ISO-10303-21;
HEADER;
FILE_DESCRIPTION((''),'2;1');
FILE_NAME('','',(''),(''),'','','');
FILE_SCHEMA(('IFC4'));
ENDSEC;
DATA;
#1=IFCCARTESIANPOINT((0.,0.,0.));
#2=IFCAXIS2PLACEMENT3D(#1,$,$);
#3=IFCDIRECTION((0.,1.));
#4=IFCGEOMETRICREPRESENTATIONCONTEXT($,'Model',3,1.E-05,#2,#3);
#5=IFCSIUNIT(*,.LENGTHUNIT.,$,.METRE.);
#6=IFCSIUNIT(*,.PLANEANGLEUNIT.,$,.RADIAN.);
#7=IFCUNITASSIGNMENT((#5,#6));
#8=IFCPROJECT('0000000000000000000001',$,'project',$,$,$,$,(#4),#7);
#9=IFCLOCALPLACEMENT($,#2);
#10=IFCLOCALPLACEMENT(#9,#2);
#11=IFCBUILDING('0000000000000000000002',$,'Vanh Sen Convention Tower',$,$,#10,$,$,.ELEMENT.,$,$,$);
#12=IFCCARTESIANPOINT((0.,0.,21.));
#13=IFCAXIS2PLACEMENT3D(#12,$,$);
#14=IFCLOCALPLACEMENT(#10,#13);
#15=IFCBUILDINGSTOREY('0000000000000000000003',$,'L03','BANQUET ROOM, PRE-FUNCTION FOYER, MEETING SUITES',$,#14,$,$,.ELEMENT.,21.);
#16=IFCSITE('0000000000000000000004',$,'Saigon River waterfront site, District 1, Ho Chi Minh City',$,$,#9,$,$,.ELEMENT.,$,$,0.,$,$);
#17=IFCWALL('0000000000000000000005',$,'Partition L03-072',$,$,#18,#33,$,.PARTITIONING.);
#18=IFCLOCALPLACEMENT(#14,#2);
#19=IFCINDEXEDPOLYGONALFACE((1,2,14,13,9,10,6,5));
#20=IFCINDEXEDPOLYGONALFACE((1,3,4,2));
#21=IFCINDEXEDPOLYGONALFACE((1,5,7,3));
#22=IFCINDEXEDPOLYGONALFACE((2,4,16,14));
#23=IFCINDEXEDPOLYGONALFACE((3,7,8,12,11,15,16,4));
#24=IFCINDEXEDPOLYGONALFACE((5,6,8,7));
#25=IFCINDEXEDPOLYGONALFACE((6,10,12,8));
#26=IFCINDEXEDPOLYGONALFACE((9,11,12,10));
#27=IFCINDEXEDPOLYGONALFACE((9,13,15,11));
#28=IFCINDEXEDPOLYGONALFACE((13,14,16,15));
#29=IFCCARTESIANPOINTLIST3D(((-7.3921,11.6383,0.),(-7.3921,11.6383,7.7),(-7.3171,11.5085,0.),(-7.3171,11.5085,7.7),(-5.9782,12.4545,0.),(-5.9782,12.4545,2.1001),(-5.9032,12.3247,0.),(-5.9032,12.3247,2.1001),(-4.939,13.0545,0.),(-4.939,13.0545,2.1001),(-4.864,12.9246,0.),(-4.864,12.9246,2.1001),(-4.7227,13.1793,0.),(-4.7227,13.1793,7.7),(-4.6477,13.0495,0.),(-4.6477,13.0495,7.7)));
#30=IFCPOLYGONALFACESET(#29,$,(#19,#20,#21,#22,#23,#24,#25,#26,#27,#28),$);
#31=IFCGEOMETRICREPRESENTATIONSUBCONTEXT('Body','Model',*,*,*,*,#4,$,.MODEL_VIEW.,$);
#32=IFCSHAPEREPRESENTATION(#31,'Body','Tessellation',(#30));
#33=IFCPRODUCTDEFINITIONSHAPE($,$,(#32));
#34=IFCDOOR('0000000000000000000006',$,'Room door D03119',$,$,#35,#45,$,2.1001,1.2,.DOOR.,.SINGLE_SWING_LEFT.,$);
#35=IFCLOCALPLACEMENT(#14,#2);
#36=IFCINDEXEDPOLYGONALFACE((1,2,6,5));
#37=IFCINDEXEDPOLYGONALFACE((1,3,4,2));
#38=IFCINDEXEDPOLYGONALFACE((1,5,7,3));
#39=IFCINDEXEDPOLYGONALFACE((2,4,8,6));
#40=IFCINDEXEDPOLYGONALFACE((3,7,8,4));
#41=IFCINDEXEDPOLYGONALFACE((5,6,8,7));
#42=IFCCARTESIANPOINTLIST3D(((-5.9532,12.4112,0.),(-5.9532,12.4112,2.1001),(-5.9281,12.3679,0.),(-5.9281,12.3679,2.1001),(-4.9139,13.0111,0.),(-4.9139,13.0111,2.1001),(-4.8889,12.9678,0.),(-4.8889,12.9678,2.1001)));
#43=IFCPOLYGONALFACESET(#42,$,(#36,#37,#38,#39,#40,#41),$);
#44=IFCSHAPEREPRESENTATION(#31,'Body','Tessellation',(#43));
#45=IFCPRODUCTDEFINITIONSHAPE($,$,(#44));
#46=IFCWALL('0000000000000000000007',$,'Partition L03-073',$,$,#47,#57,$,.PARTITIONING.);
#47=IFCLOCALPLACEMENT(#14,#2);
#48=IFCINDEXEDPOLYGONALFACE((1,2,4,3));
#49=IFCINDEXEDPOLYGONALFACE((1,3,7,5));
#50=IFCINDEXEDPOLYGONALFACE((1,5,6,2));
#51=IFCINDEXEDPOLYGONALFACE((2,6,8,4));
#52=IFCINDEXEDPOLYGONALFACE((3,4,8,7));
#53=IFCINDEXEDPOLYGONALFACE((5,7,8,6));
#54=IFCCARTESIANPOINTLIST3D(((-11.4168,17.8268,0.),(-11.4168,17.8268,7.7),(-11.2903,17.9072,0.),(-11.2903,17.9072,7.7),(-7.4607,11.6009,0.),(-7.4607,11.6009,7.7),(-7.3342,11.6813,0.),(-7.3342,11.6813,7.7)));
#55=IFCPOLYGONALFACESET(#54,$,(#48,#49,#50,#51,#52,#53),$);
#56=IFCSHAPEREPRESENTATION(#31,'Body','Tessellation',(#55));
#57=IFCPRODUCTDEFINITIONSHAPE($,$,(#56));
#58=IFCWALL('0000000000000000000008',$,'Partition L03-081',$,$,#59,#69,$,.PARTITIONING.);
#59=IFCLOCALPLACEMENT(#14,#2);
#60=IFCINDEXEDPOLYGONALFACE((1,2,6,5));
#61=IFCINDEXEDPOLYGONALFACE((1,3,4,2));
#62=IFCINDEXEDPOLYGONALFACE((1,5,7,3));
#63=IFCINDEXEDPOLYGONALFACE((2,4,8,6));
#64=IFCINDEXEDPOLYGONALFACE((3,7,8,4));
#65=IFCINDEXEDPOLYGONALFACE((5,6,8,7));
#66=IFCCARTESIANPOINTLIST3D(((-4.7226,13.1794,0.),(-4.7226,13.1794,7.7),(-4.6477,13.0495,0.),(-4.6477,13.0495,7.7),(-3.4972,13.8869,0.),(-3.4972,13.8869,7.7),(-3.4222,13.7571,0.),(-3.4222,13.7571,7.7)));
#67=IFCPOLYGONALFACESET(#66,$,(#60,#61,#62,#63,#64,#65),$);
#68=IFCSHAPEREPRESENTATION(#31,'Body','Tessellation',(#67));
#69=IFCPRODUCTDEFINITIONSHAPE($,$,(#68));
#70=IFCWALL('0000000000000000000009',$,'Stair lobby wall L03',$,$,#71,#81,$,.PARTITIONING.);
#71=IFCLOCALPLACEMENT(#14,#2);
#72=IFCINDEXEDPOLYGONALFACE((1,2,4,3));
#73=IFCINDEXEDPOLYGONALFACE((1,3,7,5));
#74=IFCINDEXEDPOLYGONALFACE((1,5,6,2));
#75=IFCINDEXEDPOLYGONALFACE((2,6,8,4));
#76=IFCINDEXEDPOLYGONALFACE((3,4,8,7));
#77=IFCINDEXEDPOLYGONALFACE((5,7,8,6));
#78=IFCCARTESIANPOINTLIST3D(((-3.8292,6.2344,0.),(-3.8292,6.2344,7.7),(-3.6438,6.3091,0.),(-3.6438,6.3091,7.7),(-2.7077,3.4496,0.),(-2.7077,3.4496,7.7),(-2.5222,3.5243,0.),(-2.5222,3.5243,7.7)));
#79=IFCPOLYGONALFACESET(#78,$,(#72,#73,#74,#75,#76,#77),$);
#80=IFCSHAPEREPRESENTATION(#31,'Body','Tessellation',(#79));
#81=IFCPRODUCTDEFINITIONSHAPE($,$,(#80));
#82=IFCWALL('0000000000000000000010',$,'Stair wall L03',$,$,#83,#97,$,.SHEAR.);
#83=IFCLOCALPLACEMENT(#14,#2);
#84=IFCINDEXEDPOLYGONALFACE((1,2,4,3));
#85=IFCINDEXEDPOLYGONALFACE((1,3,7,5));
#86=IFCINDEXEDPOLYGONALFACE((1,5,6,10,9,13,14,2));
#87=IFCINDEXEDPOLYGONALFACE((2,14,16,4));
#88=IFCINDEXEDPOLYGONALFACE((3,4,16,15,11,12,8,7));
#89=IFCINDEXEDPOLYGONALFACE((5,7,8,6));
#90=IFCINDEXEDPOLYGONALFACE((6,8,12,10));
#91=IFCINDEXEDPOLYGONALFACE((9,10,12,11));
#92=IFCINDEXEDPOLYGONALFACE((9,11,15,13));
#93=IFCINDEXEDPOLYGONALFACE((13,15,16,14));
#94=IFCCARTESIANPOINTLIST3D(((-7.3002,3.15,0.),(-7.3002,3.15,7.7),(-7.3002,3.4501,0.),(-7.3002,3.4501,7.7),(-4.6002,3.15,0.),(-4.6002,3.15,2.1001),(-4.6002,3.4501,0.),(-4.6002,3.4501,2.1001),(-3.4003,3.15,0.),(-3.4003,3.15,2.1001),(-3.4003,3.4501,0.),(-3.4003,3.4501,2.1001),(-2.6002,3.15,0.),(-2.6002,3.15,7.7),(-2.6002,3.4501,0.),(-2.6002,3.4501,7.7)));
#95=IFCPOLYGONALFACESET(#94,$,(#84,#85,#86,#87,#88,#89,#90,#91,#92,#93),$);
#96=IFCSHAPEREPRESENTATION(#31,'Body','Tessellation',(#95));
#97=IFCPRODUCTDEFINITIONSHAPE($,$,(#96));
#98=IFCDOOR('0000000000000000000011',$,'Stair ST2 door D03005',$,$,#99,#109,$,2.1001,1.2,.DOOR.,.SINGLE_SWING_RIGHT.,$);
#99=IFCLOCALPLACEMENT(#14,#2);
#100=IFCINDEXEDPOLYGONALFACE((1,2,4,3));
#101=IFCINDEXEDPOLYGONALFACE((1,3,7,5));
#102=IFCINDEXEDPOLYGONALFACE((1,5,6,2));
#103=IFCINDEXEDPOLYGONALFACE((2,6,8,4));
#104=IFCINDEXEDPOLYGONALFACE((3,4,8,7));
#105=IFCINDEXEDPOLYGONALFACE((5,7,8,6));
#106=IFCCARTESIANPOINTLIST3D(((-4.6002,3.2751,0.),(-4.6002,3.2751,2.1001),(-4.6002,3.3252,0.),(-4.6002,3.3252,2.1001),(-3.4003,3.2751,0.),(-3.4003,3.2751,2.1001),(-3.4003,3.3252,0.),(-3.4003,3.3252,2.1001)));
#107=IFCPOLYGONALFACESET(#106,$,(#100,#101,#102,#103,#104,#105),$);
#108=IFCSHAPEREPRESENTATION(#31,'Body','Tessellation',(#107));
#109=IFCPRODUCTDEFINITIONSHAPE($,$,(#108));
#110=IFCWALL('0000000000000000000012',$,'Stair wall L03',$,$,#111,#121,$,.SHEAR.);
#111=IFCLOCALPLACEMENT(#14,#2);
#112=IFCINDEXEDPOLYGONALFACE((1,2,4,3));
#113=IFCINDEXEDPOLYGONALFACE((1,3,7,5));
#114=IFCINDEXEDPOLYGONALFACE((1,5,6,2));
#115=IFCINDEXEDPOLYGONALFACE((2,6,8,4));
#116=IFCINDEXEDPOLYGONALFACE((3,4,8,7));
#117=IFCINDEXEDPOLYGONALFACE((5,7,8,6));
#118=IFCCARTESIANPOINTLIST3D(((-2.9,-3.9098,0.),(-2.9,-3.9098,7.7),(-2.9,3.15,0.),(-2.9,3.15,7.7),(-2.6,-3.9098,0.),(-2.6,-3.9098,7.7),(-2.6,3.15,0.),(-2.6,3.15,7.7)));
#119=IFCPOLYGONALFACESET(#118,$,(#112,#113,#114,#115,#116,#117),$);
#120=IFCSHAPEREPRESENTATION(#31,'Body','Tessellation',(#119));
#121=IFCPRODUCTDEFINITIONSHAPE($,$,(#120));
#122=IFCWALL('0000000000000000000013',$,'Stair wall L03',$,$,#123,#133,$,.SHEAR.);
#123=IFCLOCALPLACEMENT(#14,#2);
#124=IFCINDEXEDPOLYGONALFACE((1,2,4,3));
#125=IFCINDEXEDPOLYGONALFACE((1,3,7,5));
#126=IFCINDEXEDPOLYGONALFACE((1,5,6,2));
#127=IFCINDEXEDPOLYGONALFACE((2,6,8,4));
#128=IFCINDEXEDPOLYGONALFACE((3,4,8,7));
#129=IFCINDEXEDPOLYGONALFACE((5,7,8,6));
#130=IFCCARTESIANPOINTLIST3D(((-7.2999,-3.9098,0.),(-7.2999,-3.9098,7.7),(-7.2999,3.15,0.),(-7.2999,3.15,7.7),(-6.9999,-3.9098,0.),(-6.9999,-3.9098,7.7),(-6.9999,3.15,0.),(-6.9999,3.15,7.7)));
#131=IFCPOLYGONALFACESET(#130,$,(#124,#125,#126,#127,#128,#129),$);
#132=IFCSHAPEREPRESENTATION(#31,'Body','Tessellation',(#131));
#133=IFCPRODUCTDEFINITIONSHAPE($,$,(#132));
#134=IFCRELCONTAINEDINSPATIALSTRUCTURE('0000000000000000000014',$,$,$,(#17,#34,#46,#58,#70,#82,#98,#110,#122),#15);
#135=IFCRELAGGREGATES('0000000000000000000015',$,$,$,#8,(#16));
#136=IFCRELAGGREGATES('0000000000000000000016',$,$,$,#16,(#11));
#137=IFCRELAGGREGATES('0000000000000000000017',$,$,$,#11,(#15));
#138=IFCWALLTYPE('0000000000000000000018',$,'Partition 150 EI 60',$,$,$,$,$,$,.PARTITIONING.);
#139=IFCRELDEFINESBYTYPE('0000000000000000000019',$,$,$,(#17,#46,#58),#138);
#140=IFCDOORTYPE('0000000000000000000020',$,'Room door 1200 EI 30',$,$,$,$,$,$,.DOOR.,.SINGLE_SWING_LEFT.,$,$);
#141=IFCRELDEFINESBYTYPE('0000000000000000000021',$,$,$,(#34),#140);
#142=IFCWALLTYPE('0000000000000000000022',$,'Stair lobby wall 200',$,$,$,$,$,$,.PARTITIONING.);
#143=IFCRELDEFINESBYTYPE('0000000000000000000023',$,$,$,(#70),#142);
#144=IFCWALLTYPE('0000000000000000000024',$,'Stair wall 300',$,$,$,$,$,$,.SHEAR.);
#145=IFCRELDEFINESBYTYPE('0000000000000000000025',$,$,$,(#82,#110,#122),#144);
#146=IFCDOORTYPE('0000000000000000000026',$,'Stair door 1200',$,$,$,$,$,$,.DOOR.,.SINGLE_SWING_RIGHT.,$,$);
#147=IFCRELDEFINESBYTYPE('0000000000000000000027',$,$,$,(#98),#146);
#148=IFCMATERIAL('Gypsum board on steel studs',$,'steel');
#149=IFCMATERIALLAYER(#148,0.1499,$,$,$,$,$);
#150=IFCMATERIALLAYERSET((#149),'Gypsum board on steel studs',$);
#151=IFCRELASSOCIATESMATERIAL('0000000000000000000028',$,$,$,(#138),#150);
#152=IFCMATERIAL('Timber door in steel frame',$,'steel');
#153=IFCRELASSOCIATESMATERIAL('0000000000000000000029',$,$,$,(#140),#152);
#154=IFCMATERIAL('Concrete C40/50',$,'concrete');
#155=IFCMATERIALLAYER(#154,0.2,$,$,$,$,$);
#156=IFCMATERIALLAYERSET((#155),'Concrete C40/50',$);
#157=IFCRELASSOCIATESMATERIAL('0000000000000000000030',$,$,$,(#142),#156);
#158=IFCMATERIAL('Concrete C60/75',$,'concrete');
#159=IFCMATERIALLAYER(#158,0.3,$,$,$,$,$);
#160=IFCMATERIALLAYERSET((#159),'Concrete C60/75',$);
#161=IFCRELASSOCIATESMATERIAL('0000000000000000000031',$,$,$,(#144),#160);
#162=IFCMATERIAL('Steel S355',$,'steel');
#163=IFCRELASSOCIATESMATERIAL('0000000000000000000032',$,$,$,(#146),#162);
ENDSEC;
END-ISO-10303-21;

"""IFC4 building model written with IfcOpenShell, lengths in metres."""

from ifc_helpers import new_model, si_unit, direction, frame, frame_2d, origin, place, context, subcontext, project, spatial, rectangle, extrude, material, layer, layer_set, type_object, element, fill, save


model = new_model("IFC4")

# Units and contexts
model_context = context("Model", 3, precision=1e-05, world=origin(), true_north=direction((0.0, 1.0)))
body_context = subcontext(model_context, "Body", "Model", "MODEL_VIEW")
ifc_project = project(units=[si_unit("LENGTHUNIT", "METRE"), si_unit("PLANEANGLEUNIT", "RADIAN")], contexts=[model_context])

# Site, building, storey
site_placement = place(None, origin())
site = spatial("IfcSite", under=ifc_project, at=site_placement, Name="Saigon River waterfront site, District 1, Ho Chi Minh City", CompositionType="ELEMENT", RefElevation=0.0)
building_placement = place(site_placement, origin())
building = spatial("IfcBuilding", under=site, at=building_placement, Name="Vanh Sen Convention Tower", CompositionType="ELEMENT")
storey_placement = place(building_placement, frame((0.0, 0.0, 21.0)))
storey = spatial("IfcBuildingStorey", under=building, at=storey_placement, Name="L03", Description="BANQUET ROOM, PRE-FUNCTION FOYER, MEETING SUITES", CompositionType="ELEMENT", Elevation=21.0)

# Shared definitions
ifc_material_1 = material(Name="Steel S355", Category="steel")

# Shared definitions
ifc_material_2 = material(Name="Concrete C60/75", Category="concrete")

# Shared definitions
ifc_material_3 = material(Name="Concrete C40/50", Category="concrete")

# Wall, opening, door
ifc_material_4 = material(Name="Gypsum board on steel studs", Category="steel")
ifc_layer_1 = layer(ifc_material_4, 0.1499)
ifc_layer_set_1 = layer_set([ifc_layer_1], Name="Gypsum board on steel studs")
wall_type_1 = type_object("IfcWallType", Name="Partition 150 EI 60", PredefinedType="PARTITIONING", material=ifc_layer_set_1)
wall_1_placement = place(storey_placement, frame((-7.3545, 11.5735, 0.0), z_axis=(0.0, 0.0, 1.0), x_axis=(0.866051, 0.499956, 0.0)))
wall_1 = element("IfcWall", 1, at=wall_1_placement, inside=storey, type_object=wall_type_1, Name="Partition L03-072", PredefinedType="PARTITIONING", context=body_context, shape_type="SweptSolid", body=[
    extrude(rectangle(XDim=3.0823, YDim=0.1499, at=frame_2d((1.541, 0.0))), origin(), (0.0, 0.0, 1.0), 7.7),
])
opening_1_placement = place(wall_1_placement, frame((1.6323, 0.0, 0.0)))
opening_1 = element("IfcOpeningElement", 2, at=opening_1_placement, cuts=wall_1, PredefinedType="OPENING", context=body_context, shape_type="SweptSolid", body=[
    extrude(rectangle(XDim=1.2, YDim=2.1001, at=frame_2d((0.6001, 1.05))), frame((0.0, 0.085, 0.0), z_axis=(0.0, -1.0, 0.0), x_axis=(1.0, 0.0, 0.0)), (0.0, 0.0, 1.0), 0.1699),
])
ifc_material_5 = material(Name="Timber door in steel frame", Category="steel")
door_type_1 = type_object("IfcDoorType", Name="Room door 1200 EI 30", OperationType="SINGLE_SWING_LEFT", PredefinedType="DOOR", material=ifc_material_5)
door_1_placement = place(opening_1_placement, origin())
door_1 = element("IfcDoor", 3, at=door_1_placement, inside=storey, type_object=door_type_1, Name="Room door D03119", OperationType="SINGLE_SWING_LEFT", OverallHeight=2.1001, OverallWidth=1.2, PredefinedType="DOOR", context=body_context, shape_type="SweptSolid", body=[
    extrude(rectangle(XDim=1.2, YDim=2.1001, at=frame_2d((0.6001, 1.05))), frame((0.0, 0.0249, 0.0), z_axis=(0.0, -1.0, 0.0), x_axis=(1.0, 0.0, 0.0)), (0.0, 0.0, 1.0), 0.05),
])
fill(opening_1, door_1)

# Walls
wall_2_placement = place(storey_placement, frame((-7.3975, 11.6411, 0.0), z_axis=(0.0, 0.0, 1.0), x_axis=(-0.536312, 0.84402, 0.0)))
element("IfcWall", 4, at=wall_2_placement, inside=storey, type_object=wall_type_1, Name="Partition L03-073", PredefinedType="PARTITIONING", context=body_context, shape_type="SweptSolid", body=[
    extrude(rectangle(XDim=7.3765, YDim=0.1499, at=frame_2d((3.6882, 0.0))), origin(), (0.0, 0.0, 1.0), 7.7),
])
wall_3_placement = place(storey_placement, frame((-3.4597, 13.822, 0.0), z_axis=(0.0, 0.0, 1.0), x_axis=(-0.866005, -0.500036, 0.0)))
element("IfcWall", 5, at=wall_3_placement, inside=storey, type_object=wall_type_1, Name="Partition L03-081", PredefinedType="PARTITIONING", context=body_context, shape_type="SweptSolid", body=[
    extrude(rectangle(XDim=1.415, YDim=0.1499, at=frame_2d((0.7075, 0.0))), origin(), (0.0, 0.0, 1.0), 7.7),
])
ifc_layer_2 = layer(ifc_material_3, 0.2)
ifc_layer_set_2 = layer_set([ifc_layer_2], Name="Concrete C40/50")
wall_type_2 = type_object("IfcWallType", Name="Stair lobby wall 200", PredefinedType="PARTITIONING", material=ifc_layer_set_2)
wall_4_placement = place(storey_placement, frame((-2.615, 3.4871, 0.0), z_axis=(0.0, 0.0, 1.0), x_axis=(-0.373577, 0.927599, 0.0)))
element("IfcWall", 6, at=wall_4_placement, inside=storey, type_object=wall_type_2, Name="Stair lobby wall L03", PredefinedType="PARTITIONING", context=body_context, shape_type="SweptSolid", body=[
    extrude(rectangle(XDim=3.0022, YDim=0.2, at=frame_2d((1.501, 0.0))), origin(), (0.0, 0.0, 1.0), 7.7),
])

# Wall, opening, door
ifc_layer_3 = layer(ifc_material_2, 0.3)
ifc_layer_set_3 = layer_set([ifc_layer_3], Name="Concrete C60/75")
wall_type_3 = type_object("IfcWallType", Name="Stair wall 300", PredefinedType="SHEAR", material=ifc_layer_set_3)
wall_5_placement = place(storey_placement, frame((-2.6001, 3.3, 0.0), z_axis=(0.0, 0.0, 1.0), x_axis=(-1.0, 0.0, 0.0)))
wall_5 = element("IfcWall", 7, at=wall_5_placement, inside=storey, type_object=wall_type_3, Name="Stair wall L03", PredefinedType="SHEAR", context=body_context, shape_type="SweptSolid", body=[
    extrude(rectangle(XDim=4.7, YDim=0.3, at=frame_2d((2.3501, 0.0))), origin(), (0.0, 0.0, 1.0), 7.7),
])
opening_2_placement = place(wall_5_placement, frame((0.8, 0.0, 0.0)))
opening_2 = element("IfcOpeningElement", 8, at=opening_2_placement, cuts=wall_5, PredefinedType="OPENING", context=body_context, shape_type="SweptSolid", body=[
    extrude(rectangle(XDim=1.2, YDim=2.1001, at=frame_2d((0.6001, 1.05))), frame((0.0, 0.1599, 0.0), z_axis=(0.0, -1.0, 0.0), x_axis=(1.0, 0.0, 0.0)), (0.0, 0.0, 1.0), 0.3201),
])
door_type_2 = type_object("IfcDoorType", Name="Stair door 1200", OperationType="SINGLE_SWING_RIGHT", PredefinedType="DOOR", material=ifc_material_1)
door_2_placement = place(opening_2_placement, origin())
door_2 = element("IfcDoor", 9, at=door_2_placement, inside=storey, type_object=door_type_2, Name="Stair ST2 door D03005", OperationType="SINGLE_SWING_RIGHT", OverallHeight=2.1001, OverallWidth=1.2, PredefinedType="DOOR", context=body_context, shape_type="SweptSolid", body=[
    extrude(rectangle(XDim=1.2, YDim=2.1001, at=frame_2d((0.6001, 1.05))), frame((0.0, 0.0249, 0.0), z_axis=(0.0, -1.0, 0.0), x_axis=(1.0, 0.0, 0.0)), (0.0, 0.0, 1.0), 0.05),
])
fill(opening_2, door_2)

# Walls
for number, where, z_axis, x_axis, name in (
    (10, (-2.75, 3.1499, 0.0), (0.0, 0.0, 1.0), (0.0, -1.0, 0.0), "Stair wall L03"),
    (11, (-7.1499, 3.1499, 0.0), (0.0, 0.0, 1.0), (0.0, -1.0, 0.0), "Stair wall L03"),
):
    element("IfcWall", number, at=place(storey_placement, frame(where, z_axis=z_axis, x_axis=x_axis)), inside=storey, type_object=wall_type_3, Name=name, PredefinedType="SHEAR", context=body_context, shape_type="SweptSolid", body=[
        extrude(rectangle(XDim=7.0598, YDim=0.3, at=frame_2d((3.5298, 0.0))), origin(), (0.0, 0.0, 1.0), 7.7),
    ])

save(model, "model.ifc")
